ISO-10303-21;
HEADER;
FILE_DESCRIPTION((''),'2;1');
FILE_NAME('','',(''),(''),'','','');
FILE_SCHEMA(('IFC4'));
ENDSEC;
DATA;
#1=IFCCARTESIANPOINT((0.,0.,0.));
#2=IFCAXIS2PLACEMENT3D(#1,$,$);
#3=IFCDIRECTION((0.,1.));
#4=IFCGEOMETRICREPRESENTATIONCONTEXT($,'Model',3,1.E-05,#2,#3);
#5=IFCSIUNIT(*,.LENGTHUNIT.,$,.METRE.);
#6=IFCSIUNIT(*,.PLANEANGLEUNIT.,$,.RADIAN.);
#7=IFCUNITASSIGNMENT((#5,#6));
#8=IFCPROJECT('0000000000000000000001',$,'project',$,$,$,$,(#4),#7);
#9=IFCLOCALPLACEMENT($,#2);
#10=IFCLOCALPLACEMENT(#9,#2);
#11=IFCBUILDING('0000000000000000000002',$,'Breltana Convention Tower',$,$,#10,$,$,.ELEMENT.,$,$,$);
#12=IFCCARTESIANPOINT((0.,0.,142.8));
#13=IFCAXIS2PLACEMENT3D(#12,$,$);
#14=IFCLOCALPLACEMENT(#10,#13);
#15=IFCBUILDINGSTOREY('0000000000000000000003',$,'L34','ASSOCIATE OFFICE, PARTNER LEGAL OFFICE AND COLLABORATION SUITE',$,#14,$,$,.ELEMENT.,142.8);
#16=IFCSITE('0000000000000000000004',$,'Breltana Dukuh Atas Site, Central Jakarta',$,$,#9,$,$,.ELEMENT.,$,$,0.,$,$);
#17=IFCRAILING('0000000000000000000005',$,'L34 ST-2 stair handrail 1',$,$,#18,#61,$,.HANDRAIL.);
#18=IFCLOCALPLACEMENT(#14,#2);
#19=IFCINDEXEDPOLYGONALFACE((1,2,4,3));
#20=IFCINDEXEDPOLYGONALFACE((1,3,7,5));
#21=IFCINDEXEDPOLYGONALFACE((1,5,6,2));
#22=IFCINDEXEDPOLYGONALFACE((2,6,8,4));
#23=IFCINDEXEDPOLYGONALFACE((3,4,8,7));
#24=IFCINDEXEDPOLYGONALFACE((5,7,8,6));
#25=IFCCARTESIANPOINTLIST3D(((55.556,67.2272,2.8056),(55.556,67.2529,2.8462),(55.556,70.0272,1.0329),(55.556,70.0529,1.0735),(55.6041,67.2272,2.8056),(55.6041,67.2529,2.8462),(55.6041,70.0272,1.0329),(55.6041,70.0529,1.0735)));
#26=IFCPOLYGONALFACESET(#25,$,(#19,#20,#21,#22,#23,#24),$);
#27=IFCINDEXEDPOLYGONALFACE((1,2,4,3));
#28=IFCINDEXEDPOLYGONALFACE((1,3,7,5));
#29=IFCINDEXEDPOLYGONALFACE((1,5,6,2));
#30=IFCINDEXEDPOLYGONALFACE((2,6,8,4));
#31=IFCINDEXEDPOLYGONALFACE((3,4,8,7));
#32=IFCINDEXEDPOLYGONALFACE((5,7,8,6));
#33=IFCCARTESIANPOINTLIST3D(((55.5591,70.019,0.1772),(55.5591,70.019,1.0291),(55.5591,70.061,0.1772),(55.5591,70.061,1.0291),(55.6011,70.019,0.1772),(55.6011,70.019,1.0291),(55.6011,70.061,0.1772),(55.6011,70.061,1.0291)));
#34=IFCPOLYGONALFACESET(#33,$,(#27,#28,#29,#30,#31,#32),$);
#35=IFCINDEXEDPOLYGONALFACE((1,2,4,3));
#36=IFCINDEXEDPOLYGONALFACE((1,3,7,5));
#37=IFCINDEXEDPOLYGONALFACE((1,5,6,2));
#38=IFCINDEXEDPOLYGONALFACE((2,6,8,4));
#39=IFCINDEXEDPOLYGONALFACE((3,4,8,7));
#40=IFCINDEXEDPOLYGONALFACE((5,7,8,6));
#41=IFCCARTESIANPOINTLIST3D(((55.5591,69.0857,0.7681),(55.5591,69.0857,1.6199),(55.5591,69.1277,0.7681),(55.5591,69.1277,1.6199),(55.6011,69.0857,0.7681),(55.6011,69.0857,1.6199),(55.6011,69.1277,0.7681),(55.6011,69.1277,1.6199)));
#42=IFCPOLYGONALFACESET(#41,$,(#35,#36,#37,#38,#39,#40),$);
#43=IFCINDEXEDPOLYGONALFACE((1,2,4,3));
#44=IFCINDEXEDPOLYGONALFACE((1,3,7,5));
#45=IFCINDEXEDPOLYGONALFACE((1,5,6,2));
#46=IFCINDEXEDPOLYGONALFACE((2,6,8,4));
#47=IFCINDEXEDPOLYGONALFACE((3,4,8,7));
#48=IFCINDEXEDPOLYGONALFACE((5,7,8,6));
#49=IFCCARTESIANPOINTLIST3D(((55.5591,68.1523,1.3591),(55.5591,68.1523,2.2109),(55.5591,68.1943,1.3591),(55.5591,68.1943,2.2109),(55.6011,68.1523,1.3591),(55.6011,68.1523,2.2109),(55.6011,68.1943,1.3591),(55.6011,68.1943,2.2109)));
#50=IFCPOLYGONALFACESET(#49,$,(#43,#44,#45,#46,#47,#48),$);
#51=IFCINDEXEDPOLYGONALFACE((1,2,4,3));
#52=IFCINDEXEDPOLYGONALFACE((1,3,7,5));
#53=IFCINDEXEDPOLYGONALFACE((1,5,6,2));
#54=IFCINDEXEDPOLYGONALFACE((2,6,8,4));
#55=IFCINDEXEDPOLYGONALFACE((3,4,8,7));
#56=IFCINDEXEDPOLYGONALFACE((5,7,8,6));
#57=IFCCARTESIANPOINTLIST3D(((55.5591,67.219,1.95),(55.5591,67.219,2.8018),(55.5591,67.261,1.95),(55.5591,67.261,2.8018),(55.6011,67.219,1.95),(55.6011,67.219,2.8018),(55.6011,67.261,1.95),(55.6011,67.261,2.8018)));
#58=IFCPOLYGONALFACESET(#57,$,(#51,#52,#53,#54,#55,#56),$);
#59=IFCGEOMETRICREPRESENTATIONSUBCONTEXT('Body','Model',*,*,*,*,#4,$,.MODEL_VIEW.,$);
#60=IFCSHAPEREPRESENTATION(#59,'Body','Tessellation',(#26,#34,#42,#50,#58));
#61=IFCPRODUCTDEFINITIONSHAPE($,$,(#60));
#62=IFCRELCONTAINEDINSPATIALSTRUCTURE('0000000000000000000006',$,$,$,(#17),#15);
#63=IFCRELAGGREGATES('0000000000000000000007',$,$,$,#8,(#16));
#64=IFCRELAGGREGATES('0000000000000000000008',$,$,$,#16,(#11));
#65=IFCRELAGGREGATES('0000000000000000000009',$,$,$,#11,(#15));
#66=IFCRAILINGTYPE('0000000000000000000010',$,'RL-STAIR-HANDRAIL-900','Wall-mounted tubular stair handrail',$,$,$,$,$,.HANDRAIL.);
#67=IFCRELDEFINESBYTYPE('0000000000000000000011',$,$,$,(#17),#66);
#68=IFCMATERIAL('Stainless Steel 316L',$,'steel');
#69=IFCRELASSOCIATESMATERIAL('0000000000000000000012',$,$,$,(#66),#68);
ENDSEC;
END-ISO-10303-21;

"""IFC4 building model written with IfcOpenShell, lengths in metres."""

from ifc_helpers import new_model, si_unit, direction, frame, origin, origin_2d, place, context, subcontext, project, spatial, rectangle, extrude, material, type_object, element, save


model = new_model("IFC4")

# Units and contexts
model_context = context("Model", 3, precision=1e-05, world=origin(), true_north=direction((0.0, 1.0)))
body_context = subcontext(model_context, "Body", "Model", "MODEL_VIEW")
ifc_project = project(units=[si_unit("LENGTHUNIT", "METRE"), si_unit("PLANEANGLEUNIT", "RADIAN")], contexts=[model_context])

# Site, building, storey
site_placement = place(None, origin())
site = spatial("IfcSite", under=ifc_project, at=site_placement, Name="Breltana Dukuh Atas Site, Central Jakarta", CompositionType="ELEMENT", RefElevation=0.0)
building_placement = place(site_placement, origin())
building = spatial("IfcBuilding", under=site, at=building_placement, Name="Breltana Convention Tower", CompositionType="ELEMENT")
storey_placement = place(building_placement, frame((0.0, 0.0, 142.8)))
storey = spatial("IfcBuildingStorey", under=building, at=storey_placement, Name="L34", Description="ASSOCIATE OFFICE, PARTNER LEGAL OFFICE AND COLLABORATION SUITE", CompositionType="ELEMENT", Elevation=142.8)

# Railing
ifc_material_1 = material(Name="Stainless Steel 316L", Category="steel")
railing_type_1 = type_object("IfcRailingType", Name="RL-STAIR-HANDRAIL-900", Description="Wall-mounted tubular stair handrail", PredefinedType="HANDRAIL", material=ifc_material_1)
railing_1_placement = place(storey_placement, frame((55.5801, 70.04, 0.1772)))
element("IfcRailing", 1, at=railing_1_placement, inside=storey, type_object=railing_type_1, Name="L34 ST-2 stair handrail 1", PredefinedType="HANDRAIL", context=body_context, shape_type="SweptSolid", body=[
    extrude(rectangle(XDim=0.0481, YDim=0.0481, at=origin_2d()), frame((0.0, 0.0, 0.876), z_axis=(0.0, -0.844909, 0.53491), x_axis=(1.0, 0.0, 0.0)), (0.0, 0.0, 1.0), 3.314),
    extrude(rectangle(XDim=0.042, YDim=0.042, at=origin_2d()), origin(), (0.0, 0.0, 1.0), 0.8518),
    extrude(rectangle(XDim=0.042, YDim=0.042, at=origin_2d()), frame((0.0, -0.9333, 0.5908)), (0.0, 0.0, 1.0), 0.8518),
    extrude(rectangle(XDim=0.042, YDim=0.042, at=origin_2d()), frame((0.0, -1.8667, 1.1819)), (0.0, 0.0, 1.0), 0.8518),
    extrude(rectangle(XDim=0.042, YDim=0.042, at=origin_2d()), frame((0.0, -2.8, 1.7727)), (0.0, 0.0, 1.0), 0.8518),
])

save(model, "model.ifc")
